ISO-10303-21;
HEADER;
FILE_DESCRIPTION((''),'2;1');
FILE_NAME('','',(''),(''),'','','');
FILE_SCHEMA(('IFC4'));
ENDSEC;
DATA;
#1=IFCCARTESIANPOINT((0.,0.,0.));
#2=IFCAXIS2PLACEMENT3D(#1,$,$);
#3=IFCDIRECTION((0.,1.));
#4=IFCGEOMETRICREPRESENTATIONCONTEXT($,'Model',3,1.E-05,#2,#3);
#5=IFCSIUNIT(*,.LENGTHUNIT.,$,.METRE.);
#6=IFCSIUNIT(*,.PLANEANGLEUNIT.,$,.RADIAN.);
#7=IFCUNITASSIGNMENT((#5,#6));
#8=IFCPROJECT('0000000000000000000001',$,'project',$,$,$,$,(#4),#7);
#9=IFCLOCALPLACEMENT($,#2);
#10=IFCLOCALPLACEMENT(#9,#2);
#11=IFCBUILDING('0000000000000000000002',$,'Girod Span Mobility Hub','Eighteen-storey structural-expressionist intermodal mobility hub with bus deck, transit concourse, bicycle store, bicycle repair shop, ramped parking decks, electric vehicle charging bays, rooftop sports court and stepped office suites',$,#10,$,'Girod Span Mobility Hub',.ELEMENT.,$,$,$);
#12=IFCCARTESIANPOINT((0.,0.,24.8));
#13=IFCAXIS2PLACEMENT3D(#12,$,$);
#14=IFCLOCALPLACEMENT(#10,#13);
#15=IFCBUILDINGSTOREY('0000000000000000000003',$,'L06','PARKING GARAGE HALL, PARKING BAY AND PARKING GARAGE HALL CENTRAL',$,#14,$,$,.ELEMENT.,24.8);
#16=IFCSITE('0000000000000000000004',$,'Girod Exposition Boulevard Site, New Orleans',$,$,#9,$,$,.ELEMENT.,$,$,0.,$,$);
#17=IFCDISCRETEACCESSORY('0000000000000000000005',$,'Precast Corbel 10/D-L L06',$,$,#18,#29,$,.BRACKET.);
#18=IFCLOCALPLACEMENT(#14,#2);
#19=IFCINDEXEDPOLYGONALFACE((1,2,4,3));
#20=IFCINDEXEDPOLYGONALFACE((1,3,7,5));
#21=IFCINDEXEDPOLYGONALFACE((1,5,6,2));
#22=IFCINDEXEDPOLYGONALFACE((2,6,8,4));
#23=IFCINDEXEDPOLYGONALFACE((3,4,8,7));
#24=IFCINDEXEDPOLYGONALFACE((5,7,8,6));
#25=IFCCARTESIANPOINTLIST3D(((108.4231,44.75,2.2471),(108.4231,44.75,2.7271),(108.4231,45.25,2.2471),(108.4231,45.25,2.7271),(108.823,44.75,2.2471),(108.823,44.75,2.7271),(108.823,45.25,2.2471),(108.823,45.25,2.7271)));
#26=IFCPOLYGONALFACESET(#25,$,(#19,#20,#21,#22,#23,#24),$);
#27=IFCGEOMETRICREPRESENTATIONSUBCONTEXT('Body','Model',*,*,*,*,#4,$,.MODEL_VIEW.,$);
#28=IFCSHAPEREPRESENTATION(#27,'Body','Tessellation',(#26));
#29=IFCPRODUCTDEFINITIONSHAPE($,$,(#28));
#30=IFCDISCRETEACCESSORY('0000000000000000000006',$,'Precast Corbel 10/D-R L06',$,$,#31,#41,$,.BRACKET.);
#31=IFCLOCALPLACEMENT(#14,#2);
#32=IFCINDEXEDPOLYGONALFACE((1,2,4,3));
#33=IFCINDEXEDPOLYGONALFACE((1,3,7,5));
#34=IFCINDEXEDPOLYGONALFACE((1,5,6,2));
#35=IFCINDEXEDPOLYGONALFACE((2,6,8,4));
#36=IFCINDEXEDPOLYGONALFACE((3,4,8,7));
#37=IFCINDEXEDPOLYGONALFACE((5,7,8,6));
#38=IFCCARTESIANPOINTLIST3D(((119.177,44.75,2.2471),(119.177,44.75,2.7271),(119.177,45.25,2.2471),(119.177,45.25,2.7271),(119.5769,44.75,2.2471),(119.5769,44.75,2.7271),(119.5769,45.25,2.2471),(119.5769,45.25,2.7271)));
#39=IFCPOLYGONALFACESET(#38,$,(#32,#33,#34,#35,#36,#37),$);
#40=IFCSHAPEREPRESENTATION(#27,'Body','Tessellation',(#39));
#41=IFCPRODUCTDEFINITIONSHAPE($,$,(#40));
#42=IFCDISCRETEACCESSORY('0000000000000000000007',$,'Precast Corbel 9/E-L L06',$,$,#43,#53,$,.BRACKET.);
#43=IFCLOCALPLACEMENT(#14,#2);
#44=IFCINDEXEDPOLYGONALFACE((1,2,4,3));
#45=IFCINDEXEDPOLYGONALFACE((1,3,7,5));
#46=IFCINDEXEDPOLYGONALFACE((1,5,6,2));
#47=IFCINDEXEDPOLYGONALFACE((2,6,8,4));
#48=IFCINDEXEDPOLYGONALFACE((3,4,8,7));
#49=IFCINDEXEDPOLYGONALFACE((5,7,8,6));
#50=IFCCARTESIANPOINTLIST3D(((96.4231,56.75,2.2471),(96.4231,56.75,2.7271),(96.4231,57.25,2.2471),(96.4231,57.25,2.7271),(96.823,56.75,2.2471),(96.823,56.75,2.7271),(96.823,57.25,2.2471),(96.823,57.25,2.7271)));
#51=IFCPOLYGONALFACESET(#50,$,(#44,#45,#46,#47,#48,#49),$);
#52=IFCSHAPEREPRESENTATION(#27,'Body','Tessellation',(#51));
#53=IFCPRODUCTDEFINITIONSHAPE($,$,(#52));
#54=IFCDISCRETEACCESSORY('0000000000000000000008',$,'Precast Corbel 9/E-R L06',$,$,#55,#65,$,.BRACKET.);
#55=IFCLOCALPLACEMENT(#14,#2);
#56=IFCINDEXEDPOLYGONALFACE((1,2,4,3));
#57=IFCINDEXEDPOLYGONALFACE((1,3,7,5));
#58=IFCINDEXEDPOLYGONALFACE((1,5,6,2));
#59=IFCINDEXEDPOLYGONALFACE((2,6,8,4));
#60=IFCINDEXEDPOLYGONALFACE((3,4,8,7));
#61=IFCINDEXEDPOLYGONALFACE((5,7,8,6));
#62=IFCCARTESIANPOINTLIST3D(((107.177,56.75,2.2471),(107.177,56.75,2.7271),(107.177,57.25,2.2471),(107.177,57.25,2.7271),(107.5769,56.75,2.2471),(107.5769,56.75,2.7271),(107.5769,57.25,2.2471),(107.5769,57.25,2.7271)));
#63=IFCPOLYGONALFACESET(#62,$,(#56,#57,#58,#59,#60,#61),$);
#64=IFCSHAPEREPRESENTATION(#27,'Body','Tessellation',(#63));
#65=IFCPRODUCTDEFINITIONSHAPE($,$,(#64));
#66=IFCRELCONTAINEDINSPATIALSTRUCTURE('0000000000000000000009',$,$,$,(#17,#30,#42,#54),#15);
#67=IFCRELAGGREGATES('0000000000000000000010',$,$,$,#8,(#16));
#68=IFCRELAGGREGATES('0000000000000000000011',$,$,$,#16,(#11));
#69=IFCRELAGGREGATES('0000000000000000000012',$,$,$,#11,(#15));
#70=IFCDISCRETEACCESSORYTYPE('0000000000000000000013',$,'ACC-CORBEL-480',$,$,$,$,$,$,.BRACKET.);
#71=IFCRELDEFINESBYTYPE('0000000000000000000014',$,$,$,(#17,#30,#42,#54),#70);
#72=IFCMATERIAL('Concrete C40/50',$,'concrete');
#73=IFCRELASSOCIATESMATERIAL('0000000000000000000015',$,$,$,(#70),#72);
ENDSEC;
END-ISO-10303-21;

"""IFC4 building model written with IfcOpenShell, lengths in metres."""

from ifc_helpers import new_model, si_unit, direction, frame, origin, origin_2d, place, context, subcontext, project, spatial, rectangle, extrude, material, type_object, element, save


model = new_model("IFC4")

# Units and contexts
model_context = context("Model", 3, precision=1e-05, world=origin(), true_north=direction((0.0, 1.0)))
body_context = subcontext(model_context, "Body", "Model", "MODEL_VIEW")
ifc_project = project(units=[si_unit("LENGTHUNIT", "METRE"), si_unit("PLANEANGLEUNIT", "RADIAN")], contexts=[model_context])

# Site, building, storey
site_placement = place(None, origin())
site = spatial("IfcSite", under=ifc_project, at=site_placement, Name="Girod Exposition Boulevard Site, New Orleans", CompositionType="ELEMENT", RefElevation=0.0)
building_placement = place(site_placement, origin())
building = spatial("IfcBuilding", under=site, at=building_placement, Name="Girod Span Mobility Hub", Description="Eighteen-storey structural-expressionist intermodal mobility hub with bus deck, transit concourse, bicycle store, bicycle repair shop, ramped parking decks, electric vehicle charging bays, rooftop sports court and stepped office suites", LongName="Girod Span Mobility Hub", CompositionType="ELEMENT")
storey_placement = place(building_placement, frame((0.0, 0.0, 24.8)))
storey = spatial("IfcBuildingStorey", under=building, at=storey_placement, Name="L06", Description="PARKING GARAGE HALL, PARKING BAY AND PARKING GARAGE HALL CENTRAL", CompositionType="ELEMENT", Elevation=24.8)

# Discrete accessories
ifc_material_1 = material(Name="Concrete C40/50", Category="concrete")
discrete_accessory_type = type_object("IfcDiscreteAccessoryType", Name="ACC-CORBEL-480", PredefinedType="BRACKET", material=ifc_material_1)
for number, where, z_axis, x_axis, name in (
    (1, (108.623, 45.0, 2.2471), (0.0, 0.0, 1.0), (1.0, 0.0, 0.0), "Precast Corbel 10/D-L L06"),
    (2, (119.377, 45.0, 2.2471), (0.0, 0.0, 1.0), (1.0, 0.0, 0.0), "Precast Corbel 10/D-R L06"),
    (3, (96.623, 57.0, 2.2471), (0.0, 0.0, 1.0), (1.0, 0.0, 0.0), "Precast Corbel 9/E-L L06"),
    (4, (107.377, 57.0, 2.2471), (0.0, 0.0, 1.0), (1.0, 0.0, 0.0), "Precast Corbel 9/E-R L06"),
):
    element("IfcDiscreteAccessory", number, at=place(storey_placement, frame(where, z_axis=z_axis, x_axis=x_axis)), inside=storey, type_object=discrete_accessory_type, Name=name, PredefinedType="BRACKET", context=body_context, shape_type="SweptSolid", body=[
        extrude(rectangle(XDim=0.3999, YDim=0.5, at=origin_2d()), origin(), (0.0, 0.0, 1.0), 0.48),
    ])

save(model, "model.ifc")
